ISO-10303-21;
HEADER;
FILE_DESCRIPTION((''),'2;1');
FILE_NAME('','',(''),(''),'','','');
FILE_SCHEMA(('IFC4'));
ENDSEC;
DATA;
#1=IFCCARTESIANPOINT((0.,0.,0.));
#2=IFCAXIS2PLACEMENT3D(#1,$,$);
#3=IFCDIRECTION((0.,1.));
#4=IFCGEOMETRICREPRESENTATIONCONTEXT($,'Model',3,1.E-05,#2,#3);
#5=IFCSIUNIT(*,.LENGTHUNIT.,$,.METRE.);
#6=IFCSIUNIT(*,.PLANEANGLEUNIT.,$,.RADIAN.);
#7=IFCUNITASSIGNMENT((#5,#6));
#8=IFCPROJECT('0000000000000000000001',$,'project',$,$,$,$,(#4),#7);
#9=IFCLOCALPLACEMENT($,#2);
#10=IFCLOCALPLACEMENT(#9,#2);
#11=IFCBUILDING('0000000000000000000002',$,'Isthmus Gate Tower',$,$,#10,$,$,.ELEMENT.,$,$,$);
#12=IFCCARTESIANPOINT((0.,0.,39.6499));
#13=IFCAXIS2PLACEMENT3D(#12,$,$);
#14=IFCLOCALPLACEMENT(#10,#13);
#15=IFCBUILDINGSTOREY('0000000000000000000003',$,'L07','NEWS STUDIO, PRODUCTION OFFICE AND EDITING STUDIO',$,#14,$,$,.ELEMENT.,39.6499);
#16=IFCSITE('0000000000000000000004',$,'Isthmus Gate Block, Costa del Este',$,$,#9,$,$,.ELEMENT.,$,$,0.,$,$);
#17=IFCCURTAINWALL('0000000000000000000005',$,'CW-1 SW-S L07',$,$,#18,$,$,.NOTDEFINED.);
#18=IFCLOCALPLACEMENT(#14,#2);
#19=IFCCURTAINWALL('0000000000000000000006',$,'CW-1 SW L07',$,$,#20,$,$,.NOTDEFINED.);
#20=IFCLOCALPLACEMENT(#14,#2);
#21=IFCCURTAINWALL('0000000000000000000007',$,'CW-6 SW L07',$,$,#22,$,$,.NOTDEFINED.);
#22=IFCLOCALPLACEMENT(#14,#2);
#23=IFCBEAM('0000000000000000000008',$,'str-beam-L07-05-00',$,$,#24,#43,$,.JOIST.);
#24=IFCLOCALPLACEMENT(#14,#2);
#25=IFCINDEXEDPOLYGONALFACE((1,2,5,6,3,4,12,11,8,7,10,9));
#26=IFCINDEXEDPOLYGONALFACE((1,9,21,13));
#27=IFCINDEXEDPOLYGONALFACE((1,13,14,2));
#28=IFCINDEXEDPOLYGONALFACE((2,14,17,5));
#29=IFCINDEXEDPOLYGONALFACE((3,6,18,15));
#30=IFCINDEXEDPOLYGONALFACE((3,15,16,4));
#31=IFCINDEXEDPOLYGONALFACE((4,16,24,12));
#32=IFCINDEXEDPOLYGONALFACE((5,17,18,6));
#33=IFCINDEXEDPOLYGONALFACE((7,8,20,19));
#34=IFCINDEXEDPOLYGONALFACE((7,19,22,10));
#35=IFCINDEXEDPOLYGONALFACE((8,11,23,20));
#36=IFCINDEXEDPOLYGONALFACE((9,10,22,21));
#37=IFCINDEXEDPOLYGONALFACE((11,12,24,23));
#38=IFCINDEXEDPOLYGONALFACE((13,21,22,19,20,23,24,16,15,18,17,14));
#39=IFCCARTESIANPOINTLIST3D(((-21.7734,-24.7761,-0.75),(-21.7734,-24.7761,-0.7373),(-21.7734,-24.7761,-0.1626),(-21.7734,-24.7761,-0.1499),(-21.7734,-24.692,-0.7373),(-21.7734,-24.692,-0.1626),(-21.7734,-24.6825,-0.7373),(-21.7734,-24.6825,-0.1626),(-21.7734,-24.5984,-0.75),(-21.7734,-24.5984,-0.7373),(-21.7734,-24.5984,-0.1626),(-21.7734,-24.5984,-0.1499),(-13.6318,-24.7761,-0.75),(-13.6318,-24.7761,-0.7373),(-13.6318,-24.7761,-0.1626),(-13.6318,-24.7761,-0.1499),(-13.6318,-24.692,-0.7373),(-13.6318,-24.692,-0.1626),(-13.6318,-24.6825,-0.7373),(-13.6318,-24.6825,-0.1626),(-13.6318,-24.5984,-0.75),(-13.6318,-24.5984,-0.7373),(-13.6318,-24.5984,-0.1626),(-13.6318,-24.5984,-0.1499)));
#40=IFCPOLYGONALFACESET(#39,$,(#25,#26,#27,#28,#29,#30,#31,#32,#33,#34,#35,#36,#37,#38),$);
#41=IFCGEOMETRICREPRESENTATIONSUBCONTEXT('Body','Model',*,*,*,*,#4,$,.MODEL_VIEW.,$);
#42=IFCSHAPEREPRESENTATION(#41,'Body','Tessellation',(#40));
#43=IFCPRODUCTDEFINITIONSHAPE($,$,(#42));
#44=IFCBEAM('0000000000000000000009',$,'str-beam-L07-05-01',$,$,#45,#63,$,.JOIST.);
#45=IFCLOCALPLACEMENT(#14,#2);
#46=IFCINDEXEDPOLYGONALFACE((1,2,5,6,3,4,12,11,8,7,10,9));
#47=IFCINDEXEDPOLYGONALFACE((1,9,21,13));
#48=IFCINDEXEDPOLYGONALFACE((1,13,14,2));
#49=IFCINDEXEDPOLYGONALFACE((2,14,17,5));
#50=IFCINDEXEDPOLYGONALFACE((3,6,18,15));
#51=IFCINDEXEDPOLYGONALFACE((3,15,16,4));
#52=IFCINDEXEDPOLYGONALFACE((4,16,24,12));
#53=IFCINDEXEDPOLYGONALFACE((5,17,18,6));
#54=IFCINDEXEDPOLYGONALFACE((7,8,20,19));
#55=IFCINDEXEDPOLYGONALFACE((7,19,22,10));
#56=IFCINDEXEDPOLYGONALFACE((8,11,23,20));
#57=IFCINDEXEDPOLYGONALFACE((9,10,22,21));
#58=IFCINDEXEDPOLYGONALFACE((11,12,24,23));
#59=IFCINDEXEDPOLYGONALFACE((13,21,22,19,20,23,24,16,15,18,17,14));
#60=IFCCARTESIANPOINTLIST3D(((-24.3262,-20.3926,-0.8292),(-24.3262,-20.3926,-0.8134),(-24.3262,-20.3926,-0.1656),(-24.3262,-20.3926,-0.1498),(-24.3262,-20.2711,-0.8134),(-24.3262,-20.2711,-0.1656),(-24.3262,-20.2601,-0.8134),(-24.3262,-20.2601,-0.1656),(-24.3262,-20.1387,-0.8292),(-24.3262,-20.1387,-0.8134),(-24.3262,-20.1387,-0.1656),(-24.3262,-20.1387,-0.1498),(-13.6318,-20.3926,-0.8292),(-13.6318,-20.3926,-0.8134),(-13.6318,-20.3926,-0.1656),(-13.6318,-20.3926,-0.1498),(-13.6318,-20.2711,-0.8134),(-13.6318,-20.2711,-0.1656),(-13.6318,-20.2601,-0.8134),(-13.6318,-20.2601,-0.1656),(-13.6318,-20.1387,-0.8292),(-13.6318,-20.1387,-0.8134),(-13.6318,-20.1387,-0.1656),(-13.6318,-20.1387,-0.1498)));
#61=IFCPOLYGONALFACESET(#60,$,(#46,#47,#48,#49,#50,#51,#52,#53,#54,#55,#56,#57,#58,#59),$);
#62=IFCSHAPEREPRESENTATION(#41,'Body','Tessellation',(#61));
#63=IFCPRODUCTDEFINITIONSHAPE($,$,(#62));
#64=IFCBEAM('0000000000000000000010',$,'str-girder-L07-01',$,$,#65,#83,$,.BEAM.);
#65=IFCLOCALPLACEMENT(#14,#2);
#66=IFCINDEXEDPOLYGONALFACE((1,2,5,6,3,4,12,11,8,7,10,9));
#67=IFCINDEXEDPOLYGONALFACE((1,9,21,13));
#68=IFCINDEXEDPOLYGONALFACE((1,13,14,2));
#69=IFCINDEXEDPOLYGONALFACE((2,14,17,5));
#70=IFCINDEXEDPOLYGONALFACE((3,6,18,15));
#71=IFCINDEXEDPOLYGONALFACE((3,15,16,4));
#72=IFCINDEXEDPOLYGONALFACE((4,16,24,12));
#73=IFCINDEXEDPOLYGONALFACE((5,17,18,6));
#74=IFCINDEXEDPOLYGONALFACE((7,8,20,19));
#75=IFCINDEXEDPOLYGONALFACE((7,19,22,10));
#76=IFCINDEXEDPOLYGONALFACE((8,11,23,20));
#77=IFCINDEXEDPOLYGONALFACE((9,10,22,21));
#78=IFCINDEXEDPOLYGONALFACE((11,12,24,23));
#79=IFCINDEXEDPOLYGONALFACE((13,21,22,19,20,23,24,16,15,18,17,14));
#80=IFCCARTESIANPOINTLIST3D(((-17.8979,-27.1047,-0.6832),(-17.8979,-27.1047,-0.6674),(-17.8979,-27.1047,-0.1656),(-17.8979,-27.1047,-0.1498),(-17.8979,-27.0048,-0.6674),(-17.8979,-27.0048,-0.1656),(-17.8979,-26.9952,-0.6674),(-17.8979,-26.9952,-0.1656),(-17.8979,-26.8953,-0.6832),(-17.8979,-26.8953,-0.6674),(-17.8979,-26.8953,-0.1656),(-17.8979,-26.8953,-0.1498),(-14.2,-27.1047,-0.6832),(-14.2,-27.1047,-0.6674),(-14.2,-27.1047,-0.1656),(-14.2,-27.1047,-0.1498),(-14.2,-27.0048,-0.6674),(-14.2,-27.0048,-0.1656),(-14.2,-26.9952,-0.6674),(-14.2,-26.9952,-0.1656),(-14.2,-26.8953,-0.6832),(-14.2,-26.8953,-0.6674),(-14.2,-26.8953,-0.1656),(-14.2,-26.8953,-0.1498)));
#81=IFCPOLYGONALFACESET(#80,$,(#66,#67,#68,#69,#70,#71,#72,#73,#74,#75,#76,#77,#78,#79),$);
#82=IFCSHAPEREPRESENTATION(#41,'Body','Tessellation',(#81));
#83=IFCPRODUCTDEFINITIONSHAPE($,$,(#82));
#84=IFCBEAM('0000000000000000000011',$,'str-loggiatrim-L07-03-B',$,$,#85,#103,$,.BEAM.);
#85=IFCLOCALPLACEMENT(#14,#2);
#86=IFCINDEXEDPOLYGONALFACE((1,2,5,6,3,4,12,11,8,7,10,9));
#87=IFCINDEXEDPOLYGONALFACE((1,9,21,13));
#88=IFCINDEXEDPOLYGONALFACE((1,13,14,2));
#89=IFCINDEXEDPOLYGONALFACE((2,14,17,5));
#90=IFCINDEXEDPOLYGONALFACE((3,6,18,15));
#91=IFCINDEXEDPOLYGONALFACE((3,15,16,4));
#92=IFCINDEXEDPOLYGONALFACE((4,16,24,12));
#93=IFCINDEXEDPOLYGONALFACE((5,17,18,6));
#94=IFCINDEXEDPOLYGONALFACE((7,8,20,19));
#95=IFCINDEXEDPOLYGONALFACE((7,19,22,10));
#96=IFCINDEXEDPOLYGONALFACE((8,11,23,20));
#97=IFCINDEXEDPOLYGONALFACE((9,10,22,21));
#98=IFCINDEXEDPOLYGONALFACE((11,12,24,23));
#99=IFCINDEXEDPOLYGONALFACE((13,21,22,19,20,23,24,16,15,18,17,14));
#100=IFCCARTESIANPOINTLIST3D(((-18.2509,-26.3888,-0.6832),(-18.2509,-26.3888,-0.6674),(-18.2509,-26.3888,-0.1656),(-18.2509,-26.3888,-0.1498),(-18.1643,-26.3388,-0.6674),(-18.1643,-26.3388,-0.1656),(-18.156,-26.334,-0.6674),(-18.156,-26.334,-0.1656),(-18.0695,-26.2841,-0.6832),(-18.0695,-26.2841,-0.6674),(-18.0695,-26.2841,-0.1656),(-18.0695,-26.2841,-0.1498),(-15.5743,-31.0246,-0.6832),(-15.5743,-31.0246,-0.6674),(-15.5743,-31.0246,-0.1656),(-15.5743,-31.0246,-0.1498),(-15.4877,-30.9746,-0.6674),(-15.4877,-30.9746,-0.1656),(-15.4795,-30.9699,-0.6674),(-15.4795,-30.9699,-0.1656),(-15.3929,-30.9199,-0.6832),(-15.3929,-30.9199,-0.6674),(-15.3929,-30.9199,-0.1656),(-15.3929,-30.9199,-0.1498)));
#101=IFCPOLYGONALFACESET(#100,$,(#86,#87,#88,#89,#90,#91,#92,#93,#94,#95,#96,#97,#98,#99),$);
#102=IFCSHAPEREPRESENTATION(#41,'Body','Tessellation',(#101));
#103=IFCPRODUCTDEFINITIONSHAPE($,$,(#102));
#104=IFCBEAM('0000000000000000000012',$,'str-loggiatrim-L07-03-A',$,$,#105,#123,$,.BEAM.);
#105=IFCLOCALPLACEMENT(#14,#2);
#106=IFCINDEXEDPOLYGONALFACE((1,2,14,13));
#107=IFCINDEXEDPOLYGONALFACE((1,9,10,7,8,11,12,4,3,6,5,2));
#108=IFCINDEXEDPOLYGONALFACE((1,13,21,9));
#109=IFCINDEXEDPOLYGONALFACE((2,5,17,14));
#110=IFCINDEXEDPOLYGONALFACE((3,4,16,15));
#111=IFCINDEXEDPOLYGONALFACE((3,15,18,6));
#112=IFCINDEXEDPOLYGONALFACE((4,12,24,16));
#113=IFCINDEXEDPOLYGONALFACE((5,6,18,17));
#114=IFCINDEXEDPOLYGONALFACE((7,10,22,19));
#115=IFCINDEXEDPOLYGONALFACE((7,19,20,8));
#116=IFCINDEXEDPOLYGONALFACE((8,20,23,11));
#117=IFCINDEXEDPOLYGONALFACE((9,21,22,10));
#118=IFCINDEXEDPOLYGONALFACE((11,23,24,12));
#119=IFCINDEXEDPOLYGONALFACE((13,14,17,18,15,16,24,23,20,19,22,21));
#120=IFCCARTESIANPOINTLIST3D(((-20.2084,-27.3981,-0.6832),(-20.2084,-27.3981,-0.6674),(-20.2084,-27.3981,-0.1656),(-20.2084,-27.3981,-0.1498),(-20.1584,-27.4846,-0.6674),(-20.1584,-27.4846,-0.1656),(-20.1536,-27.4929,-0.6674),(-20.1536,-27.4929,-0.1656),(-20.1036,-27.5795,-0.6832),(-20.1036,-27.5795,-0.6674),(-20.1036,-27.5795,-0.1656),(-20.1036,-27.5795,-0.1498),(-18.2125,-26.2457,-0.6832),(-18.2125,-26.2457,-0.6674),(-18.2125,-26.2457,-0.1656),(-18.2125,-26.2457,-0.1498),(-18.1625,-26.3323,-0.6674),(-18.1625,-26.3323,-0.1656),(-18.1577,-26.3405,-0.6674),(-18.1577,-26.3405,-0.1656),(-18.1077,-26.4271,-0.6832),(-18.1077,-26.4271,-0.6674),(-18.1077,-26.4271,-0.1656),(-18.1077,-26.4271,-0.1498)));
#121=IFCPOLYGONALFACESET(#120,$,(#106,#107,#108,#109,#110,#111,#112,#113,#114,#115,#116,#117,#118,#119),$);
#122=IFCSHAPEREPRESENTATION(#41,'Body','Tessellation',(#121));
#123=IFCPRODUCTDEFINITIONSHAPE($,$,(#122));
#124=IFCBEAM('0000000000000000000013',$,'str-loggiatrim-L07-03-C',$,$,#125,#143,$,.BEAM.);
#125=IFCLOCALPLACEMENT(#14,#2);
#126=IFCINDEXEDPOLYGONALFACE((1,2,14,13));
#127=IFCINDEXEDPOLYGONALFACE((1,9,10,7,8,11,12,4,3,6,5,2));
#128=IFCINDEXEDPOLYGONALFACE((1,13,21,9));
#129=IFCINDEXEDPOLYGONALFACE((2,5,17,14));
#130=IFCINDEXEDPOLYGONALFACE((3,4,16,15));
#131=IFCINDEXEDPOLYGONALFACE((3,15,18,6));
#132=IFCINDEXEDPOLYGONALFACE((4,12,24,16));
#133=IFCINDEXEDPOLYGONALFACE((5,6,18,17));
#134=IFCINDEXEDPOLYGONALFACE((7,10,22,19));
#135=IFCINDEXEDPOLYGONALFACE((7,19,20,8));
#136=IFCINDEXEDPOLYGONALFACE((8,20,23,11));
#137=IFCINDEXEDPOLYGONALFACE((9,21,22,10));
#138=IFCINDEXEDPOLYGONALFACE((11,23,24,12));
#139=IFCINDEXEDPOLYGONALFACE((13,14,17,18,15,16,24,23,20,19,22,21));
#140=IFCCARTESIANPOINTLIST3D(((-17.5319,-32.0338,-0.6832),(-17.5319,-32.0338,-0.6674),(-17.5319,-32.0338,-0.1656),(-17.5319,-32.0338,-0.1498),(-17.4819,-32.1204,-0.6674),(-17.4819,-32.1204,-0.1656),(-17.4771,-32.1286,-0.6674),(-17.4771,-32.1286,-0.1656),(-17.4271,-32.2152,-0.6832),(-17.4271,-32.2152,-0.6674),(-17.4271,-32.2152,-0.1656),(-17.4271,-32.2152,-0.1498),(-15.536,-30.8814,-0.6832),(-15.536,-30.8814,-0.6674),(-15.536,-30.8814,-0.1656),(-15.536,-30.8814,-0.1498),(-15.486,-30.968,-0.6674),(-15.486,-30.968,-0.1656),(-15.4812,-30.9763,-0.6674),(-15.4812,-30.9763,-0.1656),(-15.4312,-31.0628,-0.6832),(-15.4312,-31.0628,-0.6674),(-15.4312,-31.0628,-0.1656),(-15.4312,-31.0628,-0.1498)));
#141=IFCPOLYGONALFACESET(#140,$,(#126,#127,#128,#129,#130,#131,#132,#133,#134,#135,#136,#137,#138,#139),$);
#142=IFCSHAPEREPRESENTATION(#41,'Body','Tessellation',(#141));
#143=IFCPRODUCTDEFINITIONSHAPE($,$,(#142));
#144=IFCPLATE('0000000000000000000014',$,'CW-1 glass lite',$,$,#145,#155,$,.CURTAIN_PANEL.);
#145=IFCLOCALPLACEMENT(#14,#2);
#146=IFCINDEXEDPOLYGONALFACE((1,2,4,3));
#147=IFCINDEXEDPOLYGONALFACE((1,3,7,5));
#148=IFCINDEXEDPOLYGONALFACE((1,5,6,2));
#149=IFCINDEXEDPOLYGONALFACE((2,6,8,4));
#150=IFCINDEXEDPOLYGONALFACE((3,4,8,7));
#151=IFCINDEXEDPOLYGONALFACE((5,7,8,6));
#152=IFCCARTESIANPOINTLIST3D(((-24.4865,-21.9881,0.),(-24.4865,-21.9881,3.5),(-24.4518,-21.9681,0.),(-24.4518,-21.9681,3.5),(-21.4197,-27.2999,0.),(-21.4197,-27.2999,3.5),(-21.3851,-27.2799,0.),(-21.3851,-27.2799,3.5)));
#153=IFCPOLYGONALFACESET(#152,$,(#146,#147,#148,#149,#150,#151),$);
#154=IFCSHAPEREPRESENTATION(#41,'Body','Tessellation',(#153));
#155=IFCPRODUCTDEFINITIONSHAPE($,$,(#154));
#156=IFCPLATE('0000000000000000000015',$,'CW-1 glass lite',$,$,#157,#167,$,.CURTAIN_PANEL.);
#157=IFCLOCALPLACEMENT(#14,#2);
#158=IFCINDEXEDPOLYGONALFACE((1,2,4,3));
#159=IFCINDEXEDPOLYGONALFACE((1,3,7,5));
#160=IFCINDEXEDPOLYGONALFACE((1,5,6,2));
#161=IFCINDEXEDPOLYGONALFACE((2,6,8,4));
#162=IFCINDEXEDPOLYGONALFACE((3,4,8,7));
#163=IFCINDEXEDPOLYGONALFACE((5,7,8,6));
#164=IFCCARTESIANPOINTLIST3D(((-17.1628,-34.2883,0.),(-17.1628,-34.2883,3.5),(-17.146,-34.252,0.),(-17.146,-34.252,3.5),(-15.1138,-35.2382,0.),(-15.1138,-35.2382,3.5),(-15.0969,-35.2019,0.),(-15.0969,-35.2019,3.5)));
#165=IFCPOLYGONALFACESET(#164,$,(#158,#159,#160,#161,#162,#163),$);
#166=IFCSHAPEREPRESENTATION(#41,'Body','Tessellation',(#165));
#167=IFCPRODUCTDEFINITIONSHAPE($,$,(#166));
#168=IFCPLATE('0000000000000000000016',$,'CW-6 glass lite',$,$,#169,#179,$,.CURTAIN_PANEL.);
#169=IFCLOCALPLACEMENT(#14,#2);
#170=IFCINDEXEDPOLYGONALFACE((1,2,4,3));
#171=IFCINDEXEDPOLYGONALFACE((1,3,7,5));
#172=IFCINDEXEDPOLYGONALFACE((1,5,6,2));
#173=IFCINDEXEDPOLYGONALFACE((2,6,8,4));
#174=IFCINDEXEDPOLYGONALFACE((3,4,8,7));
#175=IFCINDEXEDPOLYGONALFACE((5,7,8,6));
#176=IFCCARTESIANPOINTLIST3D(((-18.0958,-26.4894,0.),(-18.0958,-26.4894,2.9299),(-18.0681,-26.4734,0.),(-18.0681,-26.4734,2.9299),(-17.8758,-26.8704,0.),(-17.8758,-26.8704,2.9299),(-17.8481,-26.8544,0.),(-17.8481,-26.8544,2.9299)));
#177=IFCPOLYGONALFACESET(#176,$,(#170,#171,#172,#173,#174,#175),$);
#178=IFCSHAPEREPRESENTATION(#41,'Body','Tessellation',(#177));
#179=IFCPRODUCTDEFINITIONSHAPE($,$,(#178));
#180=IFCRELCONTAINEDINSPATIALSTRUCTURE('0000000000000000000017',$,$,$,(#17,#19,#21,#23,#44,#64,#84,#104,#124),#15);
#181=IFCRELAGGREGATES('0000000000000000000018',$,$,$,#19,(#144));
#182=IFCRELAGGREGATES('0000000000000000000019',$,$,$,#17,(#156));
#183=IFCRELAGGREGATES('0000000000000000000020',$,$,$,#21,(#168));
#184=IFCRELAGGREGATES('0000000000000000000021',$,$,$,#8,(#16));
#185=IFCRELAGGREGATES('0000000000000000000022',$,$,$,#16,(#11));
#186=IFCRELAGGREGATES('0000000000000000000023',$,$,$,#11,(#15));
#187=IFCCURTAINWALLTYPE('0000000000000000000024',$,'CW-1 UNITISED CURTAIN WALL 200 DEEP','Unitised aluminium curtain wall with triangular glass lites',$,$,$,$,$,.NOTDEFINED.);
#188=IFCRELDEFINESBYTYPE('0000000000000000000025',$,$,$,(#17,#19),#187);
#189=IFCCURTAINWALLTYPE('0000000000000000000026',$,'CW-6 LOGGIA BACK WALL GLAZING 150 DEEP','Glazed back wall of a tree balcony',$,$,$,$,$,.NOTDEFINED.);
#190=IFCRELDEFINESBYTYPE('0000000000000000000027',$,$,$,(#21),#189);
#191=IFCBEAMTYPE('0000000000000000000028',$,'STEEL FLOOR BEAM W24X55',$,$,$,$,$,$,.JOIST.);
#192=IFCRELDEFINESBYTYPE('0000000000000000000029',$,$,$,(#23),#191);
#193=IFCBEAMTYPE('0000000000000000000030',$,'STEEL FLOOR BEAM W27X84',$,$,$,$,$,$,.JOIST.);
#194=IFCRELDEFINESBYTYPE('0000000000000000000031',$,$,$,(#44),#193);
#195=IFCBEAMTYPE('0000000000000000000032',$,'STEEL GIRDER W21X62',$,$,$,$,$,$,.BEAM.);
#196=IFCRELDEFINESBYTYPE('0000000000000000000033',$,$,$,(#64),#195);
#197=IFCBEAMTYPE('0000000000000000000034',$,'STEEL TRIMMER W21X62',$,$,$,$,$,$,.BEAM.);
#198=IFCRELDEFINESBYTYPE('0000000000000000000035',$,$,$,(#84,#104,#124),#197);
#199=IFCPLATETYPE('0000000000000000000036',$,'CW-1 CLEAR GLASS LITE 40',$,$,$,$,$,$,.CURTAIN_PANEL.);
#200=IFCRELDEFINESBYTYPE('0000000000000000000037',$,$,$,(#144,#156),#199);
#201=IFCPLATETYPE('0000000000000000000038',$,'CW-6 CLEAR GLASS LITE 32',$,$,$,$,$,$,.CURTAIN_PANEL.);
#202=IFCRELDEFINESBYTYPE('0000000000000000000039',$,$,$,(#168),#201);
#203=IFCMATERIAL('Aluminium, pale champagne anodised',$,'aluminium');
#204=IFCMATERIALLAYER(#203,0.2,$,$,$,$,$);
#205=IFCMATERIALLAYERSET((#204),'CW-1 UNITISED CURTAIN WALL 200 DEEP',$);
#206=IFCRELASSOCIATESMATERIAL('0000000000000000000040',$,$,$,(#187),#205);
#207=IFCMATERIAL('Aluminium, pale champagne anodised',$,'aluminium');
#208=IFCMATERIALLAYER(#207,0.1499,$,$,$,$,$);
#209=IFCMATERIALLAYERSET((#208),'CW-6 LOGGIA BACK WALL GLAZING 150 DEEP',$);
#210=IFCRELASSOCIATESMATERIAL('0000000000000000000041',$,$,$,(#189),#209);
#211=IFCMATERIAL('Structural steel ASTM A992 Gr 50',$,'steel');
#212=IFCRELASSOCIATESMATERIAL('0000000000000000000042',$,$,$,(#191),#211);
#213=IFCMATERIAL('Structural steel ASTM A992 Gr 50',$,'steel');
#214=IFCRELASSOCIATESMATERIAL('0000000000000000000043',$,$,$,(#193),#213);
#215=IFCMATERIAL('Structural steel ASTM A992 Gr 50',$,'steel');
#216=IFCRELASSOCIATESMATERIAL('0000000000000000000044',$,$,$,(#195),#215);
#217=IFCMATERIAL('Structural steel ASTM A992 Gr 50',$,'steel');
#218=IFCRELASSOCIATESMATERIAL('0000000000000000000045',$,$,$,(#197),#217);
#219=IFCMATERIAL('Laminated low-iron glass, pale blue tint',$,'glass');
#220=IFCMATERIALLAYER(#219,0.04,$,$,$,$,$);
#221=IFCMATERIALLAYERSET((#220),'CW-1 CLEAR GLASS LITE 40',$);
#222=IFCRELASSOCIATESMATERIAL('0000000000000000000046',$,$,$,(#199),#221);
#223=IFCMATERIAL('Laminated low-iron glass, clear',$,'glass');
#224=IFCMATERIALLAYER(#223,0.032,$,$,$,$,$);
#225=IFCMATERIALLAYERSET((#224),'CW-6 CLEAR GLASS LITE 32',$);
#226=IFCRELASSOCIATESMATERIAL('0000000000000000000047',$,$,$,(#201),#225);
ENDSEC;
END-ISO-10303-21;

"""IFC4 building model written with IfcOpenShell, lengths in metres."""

from ifc_helpers import new_model, si_unit, direction, frame, origin, origin_2d, place, context, subcontext, project, spatial, rectangle, i_section, extrude, material, layer, layer_set, material_profile, profile_set, type_object, element, aggregate, save


model = new_model("IFC4")

# Units and contexts
model_context = context("Model", 3, precision=1e-05, world=origin(), true_north=direction((0.0, 1.0)))
body_context = subcontext(model_context, "Body", "Model", "MODEL_VIEW")
ifc_project = project(units=[si_unit("LENGTHUNIT", "METRE"), si_unit("PLANEANGLEUNIT", "RADIAN")], contexts=[model_context])

# Site, building, storey
site_placement = place(None, origin())
site = spatial("IfcSite", under=ifc_project, at=site_placement, Name="Isthmus Gate Block, Costa del Este", CompositionType="ELEMENT", RefElevation=0.0)
building_placement = place(site_placement, origin())
building = spatial("IfcBuilding", under=site, at=building_placement, Name="Isthmus Gate Tower", CompositionType="ELEMENT")
storey_placement = place(building_placement, frame((0.0, 0.0, 39.6499)))
storey = spatial("IfcBuildingStorey", under=building, at=storey_placement, Name="L07", Description="NEWS STUDIO, PRODUCTION OFFICE AND EDITING STUDIO", CompositionType="ELEMENT", Elevation=39.6499)

# Curtain walls
ifc_material_1 = material(Name="Aluminium, pale champagne anodised", Category="aluminium")
ifc_layer_1 = layer(ifc_material_1, 0.2)
ifc_layer_set_1 = layer_set([ifc_layer_1], Name="CW-1 UNITISED CURTAIN WALL 200 DEEP")
curtain_wall_type_1 = type_object("IfcCurtainWallType", Name="CW-1 UNITISED CURTAIN WALL 200 DEEP", Description="Unitised aluminium curtain wall with triangular glass lites", PredefinedType="NOTDEFINED", material=ifc_layer_set_1)
curtain_wall_1_placement = place(storey_placement, origin())
curtain_wall_1 = element("IfcCurtainWall", 1, at=curtain_wall_1_placement, inside=storey, type_object=curtain_wall_type_1, Name="CW-1 SW-S L07", PredefinedType="NOTDEFINED")
curtain_wall_2_placement = place(storey_placement, origin())
curtain_wall_2 = element("IfcCurtainWall", 2, at=curtain_wall_2_placement, inside=storey, type_object=curtain_wall_type_1, Name="CW-1 SW L07", PredefinedType="NOTDEFINED")

# Curtain wall
ifc_material_2 = material(Name="Aluminium, pale champagne anodised", Category="aluminium")
ifc_layer_2 = layer(ifc_material_2, 0.1499)
ifc_layer_set_2 = layer_set([ifc_layer_2], Name="CW-6 LOGGIA BACK WALL GLAZING 150 DEEP")
curtain_wall_type_2 = type_object("IfcCurtainWallType", Name="CW-6 LOGGIA BACK WALL GLAZING 150 DEEP", Description="Glazed back wall of a tree balcony", PredefinedType="NOTDEFINED", material=ifc_layer_set_2)
curtain_wall_3_placement = place(storey_placement, origin())
curtain_wall_3 = element("IfcCurtainWall", 3, at=curtain_wall_3_placement, inside=storey, type_object=curtain_wall_type_2, Name="CW-6 SW L07", PredefinedType="NOTDEFINED")

# Beams
ifc_material_3 = material(Name="Structural steel ASTM A992 Gr 50", Category="steel")
ifc_material_profile_1 = material_profile(ifc_material_3, i_section(OverallWidth=0.1777, OverallDepth=0.6001, WebThickness=0.0095, FlangeThickness=0.0127, at=origin_2d()), Name="W24X55")
ifc_profile_set_1 = profile_set([ifc_material_profile_1], Name="Structural steel ASTM A992 Gr 50")
beam_type_1 = type_object("IfcBeamType", Name="STEEL FLOOR BEAM W24X55", PredefinedType="JOIST", material=ifc_profile_set_1)
beam_1_placement = place(storey_placement, frame((-21.7734, -24.6873, -0.45), z_axis=(1.0, 0.0, 0.0), x_axis=(0.0, 1.0, 0.0)))
element("IfcBeam", 4, at=beam_1_placement, inside=storey, type_object=beam_type_1, Name="str-beam-L07-05-00", PredefinedType="JOIST", context=body_context, shape_type="SweptSolid", body=[
    extrude(i_section(OverallWidth=0.1777, OverallDepth=0.6001, WebThickness=0.0095, FlangeThickness=0.0127, at=origin_2d()), origin(), (0.0, 0.0, 1.0), 8.1416),
])
ifc_material_4 = material(Name="Structural steel ASTM A992 Gr 50", Category="steel")
ifc_material_profile_2 = material_profile(ifc_material_4, i_section(OverallWidth=0.2539, OverallDepth=0.6794, WebThickness=0.011, FlangeThickness=0.0159, at=origin_2d()), Name="W27X84")
ifc_profile_set_2 = profile_set([ifc_material_profile_2], Name="Structural steel ASTM A992 Gr 50")
beam_type_2 = type_object("IfcBeamType", Name="STEEL FLOOR BEAM W27X84", PredefinedType="JOIST", material=ifc_profile_set_2)
beam_2_placement = place(storey_placement, frame((-24.3262, -20.2656, -0.4895), z_axis=(1.0, 0.0, 0.0), x_axis=(0.0, 1.0, 0.0)))
element("IfcBeam", 5, at=beam_2_placement, inside=storey, type_object=beam_type_2, Name="str-beam-L07-05-01", PredefinedType="JOIST", context=body_context, shape_type="SweptSolid", body=[
    extrude(i_section(OverallWidth=0.2539, OverallDepth=0.6794, WebThickness=0.011, FlangeThickness=0.0159, at=origin_2d()), origin(), (0.0, 0.0, 1.0), 10.6943),
])
ifc_material_5 = material(Name="Structural steel ASTM A992 Gr 50", Category="steel")
ifc_material_profile_3 = material_profile(ifc_material_5, i_section(OverallWidth=0.2095, OverallDepth=0.5334, WebThickness=0.0095, FlangeThickness=0.0159, at=origin_2d()), Name="W21X62")
ifc_profile_set_3 = profile_set([ifc_material_profile_3], Name="Structural steel ASTM A992 Gr 50")
beam_type_3 = type_object("IfcBeamType", Name="STEEL GIRDER W21X62", PredefinedType="BEAM", material=ifc_profile_set_3)
beam_3_placement = place(storey_placement, frame((-17.8979, -27.0, -0.4165), z_axis=(1.0, 0.0, 0.0), x_axis=(0.0, 1.0, 0.0)))
element("IfcBeam", 6, at=beam_3_placement, inside=storey, type_object=beam_type_3, Name="str-girder-L07-01", PredefinedType="BEAM", context=body_context, shape_type="SweptSolid", body=[
    extrude(i_section(OverallWidth=0.2095, OverallDepth=0.5334, WebThickness=0.0095, FlangeThickness=0.0159, at=origin_2d()), origin(), (0.0, 0.0, 1.0), 3.698),
])
ifc_material_6 = material(Name="Structural steel ASTM A992 Gr 50", Category="steel")
ifc_material_profile_4 = material_profile(ifc_material_6, i_section(OverallWidth=0.2095, OverallDepth=0.5334, WebThickness=0.0095, FlangeThickness=0.0159, at=origin_2d()), Name="W21X62")
ifc_profile_set_4 = profile_set([ifc_material_profile_4], Name="Structural steel ASTM A992 Gr 50")
beam_type_4 = type_object("IfcBeamType", Name="STEEL TRIMMER W21X62", PredefinedType="BEAM", material=ifc_profile_set_4)
beam_4_placement = place(storey_placement, frame((-18.1602, -26.3364, -0.4165), z_axis=(0.500009, -0.86602, 0.0), x_axis=(0.86602, 0.500009, 0.0)))
element("IfcBeam", 7, at=beam_4_placement, inside=storey, type_object=beam_type_4, Name="str-loggiatrim-L07-03-B", PredefinedType="BEAM", context=body_context, shape_type="SweptSolid", body=[
    extrude(i_section(OverallWidth=0.2095, OverallDepth=0.5334, WebThickness=0.0095, FlangeThickness=0.0159, at=origin_2d()), origin(), (0.0, 0.0, 1.0), 5.353),
])
for number, where, z_axis, x_axis, name in (
    (8, (-20.156, -27.4888, -0.4165), (0.866018, 0.500013, 0.0), (-0.500013, 0.866018, 0.0), "str-loggiatrim-L07-03-A"),
    (9, (-17.4795, -32.1245, -0.4165), (0.866018, 0.500013, 0.0), (-0.500013, 0.866018, 0.0), "str-loggiatrim-L07-03-C"),
):
    element("IfcBeam", number, at=place(storey_placement, frame(where, z_axis=z_axis, x_axis=x_axis)), inside=storey, type_object=beam_type_4, Name=name, PredefinedType="BEAM", context=body_context, shape_type="SweptSolid", body=[
        extrude(i_section(OverallWidth=0.2095, OverallDepth=0.5334, WebThickness=0.0095, FlangeThickness=0.0159, at=origin_2d()), origin(), (0.0, 0.0, 1.0), 2.3047),
    ])

# Plates
ifc_material_7 = material(Name="Laminated low-iron glass, pale blue tint", Category="glass")
ifc_layer_3 = layer(ifc_material_7, 0.04)
ifc_layer_set_3 = layer_set([ifc_layer_3], Name="CW-1 CLEAR GLASS LITE 40")
plate_type_1 = type_object("IfcPlateType", Name="CW-1 CLEAR GLASS LITE 40", PredefinedType="CURTAIN_PANEL", material=ifc_layer_set_3)
plate_1_placement = place(storey_placement, frame((-22.9358, -24.634, 0.0), z_axis=(0.0, 0.0, 1.0), x_axis=(0.5, -0.866025, 0.0)))
plate_1 = element("IfcPlate", 10, at=plate_1_placement, type_object=plate_type_1, Name="CW-1 glass lite", PredefinedType="CURTAIN_PANEL", context=body_context, shape_type="SweptSolid", body=[
    extrude(rectangle(XDim=6.1335, YDim=0.04, at=origin_2d()), origin(), (0.0, 0.0, 1.0), 3.5),
])
aggregate(curtain_wall_2, [plate_1])
plate_2_placement = place(storey_placement, frame((-16.1299, -34.7451, 0.0), z_axis=(0.0, 0.0, 1.0), x_axis=(0.907256, -0.420578, 0.0)))
plate_2 = element("IfcPlate", 11, at=plate_2_placement, type_object=plate_type_1, Name="CW-1 glass lite", PredefinedType="CURTAIN_PANEL", context=body_context, shape_type="SweptSolid", body=[
    extrude(rectangle(XDim=2.2585, YDim=0.04, at=origin_2d()), origin(), (0.0, 0.0, 1.0), 3.5),
])
aggregate(curtain_wall_1, [plate_2])
ifc_material_8 = material(Name="Laminated low-iron glass, clear", Category="glass")
ifc_layer_4 = layer(ifc_material_8, 0.032)
ifc_layer_set_4 = layer_set([ifc_layer_4], Name="CW-6 CLEAR GLASS LITE 32")
plate_type_2 = type_object("IfcPlateType", Name="CW-6 CLEAR GLASS LITE 32", PredefinedType="CURTAIN_PANEL", material=ifc_layer_set_4)
plate_3_placement = place(storey_placement, frame((-17.9719, -26.6719, 0.0), z_axis=(0.0, 0.0, 1.0), x_axis=(0.5, -0.866025, 0.0)))
plate_3 = element("IfcPlate", 12, at=plate_3_placement, type_object=plate_type_2, Name="CW-6 glass lite", PredefinedType="CURTAIN_PANEL", context=body_context, shape_type="SweptSolid", body=[
    extrude(rectangle(XDim=0.4399, YDim=0.032, at=origin_2d()), origin(), (0.0, 0.0, 1.0), 2.9299),
])
aggregate(curtain_wall_3, [plate_3])

save(model, "model.ifc")
